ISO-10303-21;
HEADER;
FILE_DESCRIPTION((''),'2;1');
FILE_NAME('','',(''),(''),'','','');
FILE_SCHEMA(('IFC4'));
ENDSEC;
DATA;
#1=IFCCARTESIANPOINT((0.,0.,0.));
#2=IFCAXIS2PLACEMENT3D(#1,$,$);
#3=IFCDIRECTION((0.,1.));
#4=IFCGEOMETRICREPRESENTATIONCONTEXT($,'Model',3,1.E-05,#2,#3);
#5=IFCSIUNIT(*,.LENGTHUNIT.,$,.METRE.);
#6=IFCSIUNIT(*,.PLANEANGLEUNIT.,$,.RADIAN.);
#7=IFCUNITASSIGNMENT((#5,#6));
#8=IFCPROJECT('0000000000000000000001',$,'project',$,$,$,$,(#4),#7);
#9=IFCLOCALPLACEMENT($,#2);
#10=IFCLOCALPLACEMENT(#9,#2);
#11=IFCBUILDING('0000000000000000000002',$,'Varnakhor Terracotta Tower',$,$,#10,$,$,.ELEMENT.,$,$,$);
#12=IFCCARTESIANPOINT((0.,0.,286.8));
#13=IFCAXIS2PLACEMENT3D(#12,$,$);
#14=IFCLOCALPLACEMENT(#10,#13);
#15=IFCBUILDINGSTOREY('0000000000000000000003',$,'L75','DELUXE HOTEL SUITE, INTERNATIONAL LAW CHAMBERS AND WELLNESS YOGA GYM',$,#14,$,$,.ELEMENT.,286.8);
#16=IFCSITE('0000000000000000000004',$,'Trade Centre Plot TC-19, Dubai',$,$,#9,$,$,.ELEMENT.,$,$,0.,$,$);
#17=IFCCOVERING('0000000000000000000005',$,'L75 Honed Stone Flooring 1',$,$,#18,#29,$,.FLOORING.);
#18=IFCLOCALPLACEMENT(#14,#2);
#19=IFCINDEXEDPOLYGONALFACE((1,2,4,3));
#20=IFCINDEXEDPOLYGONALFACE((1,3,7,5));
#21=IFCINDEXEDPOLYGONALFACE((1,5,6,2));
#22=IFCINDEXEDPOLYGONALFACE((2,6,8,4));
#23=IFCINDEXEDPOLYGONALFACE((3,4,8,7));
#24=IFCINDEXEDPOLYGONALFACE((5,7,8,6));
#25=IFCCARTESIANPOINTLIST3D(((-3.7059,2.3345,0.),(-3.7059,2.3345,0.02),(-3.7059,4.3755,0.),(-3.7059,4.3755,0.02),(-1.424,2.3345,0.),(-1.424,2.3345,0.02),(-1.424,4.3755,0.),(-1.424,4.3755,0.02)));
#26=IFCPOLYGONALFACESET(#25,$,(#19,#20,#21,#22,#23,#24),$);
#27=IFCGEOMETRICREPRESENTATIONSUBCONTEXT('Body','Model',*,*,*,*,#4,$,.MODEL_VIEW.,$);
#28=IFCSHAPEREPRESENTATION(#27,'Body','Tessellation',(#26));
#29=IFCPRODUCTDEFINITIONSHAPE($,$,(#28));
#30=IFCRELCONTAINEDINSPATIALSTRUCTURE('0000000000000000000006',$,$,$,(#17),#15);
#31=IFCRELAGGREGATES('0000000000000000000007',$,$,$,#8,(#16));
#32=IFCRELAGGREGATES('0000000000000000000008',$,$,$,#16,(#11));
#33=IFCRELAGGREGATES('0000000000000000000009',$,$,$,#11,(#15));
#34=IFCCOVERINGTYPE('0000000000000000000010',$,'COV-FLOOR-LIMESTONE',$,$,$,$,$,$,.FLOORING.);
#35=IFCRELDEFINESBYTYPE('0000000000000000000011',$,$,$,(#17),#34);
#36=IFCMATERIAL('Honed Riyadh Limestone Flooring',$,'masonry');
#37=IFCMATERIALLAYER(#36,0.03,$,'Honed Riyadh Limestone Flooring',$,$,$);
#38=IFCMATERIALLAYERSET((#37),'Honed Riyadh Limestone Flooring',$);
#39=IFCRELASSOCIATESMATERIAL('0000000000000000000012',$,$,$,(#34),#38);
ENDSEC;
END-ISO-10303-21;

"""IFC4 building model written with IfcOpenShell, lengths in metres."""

from ifc_helpers import new_model, si_unit, direction, frame, origin, origin_2d, place, context, subcontext, project, spatial, rectangle, extrude, source, transform, mapped, material, layer, layer_set, type_object, element, save


model = new_model("IFC4")

# Units and contexts
model_context = context("Model", 3, precision=1e-05, world=origin(), true_north=direction((0.0, 1.0)))
body_context = subcontext(model_context, "Body", "Model", "MODEL_VIEW")
ifc_project = project(units=[si_unit("LENGTHUNIT", "METRE"), si_unit("PLANEANGLEUNIT", "RADIAN")], contexts=[model_context])

# Site, building, storey
site_placement = place(None, origin())
site = spatial("IfcSite", under=ifc_project, at=site_placement, Name="Trade Centre Plot TC-19, Dubai", CompositionType="ELEMENT", RefElevation=0.0)
building_placement = place(site_placement, origin())
building = spatial("IfcBuilding", under=site, at=building_placement, Name="Varnakhor Terracotta Tower", CompositionType="ELEMENT")
storey_placement = place(building_placement, frame((0.0, 0.0, 286.8)))
storey = spatial("IfcBuildingStorey", under=building, at=storey_placement, Name="L75", Description="DELUXE HOTEL SUITE, INTERNATIONAL LAW CHAMBERS AND WELLNESS YOGA GYM", CompositionType="ELEMENT", Elevation=286.8)

# Covering
ifc_material_1 = material(Name="Honed Riyadh Limestone Flooring", Category="masonry")
ifc_layer_1 = layer(ifc_material_1, 0.03, Name="Honed Riyadh Limestone Flooring")
ifc_layer_set_1 = layer_set([ifc_layer_1], Name="Honed Riyadh Limestone Flooring")
covering_type = type_object("IfcCoveringType", Name="COV-FLOOR-LIMESTONE", PredefinedType="FLOORING", material=ifc_layer_set_1)
shared_shape_1 = source(origin(), body_context, "Body", "SweptSolid", [
    extrude(rectangle(XDim=2.282, YDim=2.041, at=origin_2d()), origin(), (0.0, 0.0, 1.0), 0.02),
])
covering_placement = place(storey_placement, frame((-2.5649, 3.355, 0.0), z_axis=(0.0, 0.0, 1.0), x_axis=(1.0, 0.0, 0.0)))
element("IfcCovering", 1, at=covering_placement, inside=storey, type_object=covering_type, Name="L75 Honed Stone Flooring 1", PredefinedType="FLOORING", context=body_context, shape_type="MappedRepresentation", body=[
    mapped(shared_shape_1, transform((0.0, 0.0, 0.0), scale=1.0)),
])

save(model, "model.ifc")
